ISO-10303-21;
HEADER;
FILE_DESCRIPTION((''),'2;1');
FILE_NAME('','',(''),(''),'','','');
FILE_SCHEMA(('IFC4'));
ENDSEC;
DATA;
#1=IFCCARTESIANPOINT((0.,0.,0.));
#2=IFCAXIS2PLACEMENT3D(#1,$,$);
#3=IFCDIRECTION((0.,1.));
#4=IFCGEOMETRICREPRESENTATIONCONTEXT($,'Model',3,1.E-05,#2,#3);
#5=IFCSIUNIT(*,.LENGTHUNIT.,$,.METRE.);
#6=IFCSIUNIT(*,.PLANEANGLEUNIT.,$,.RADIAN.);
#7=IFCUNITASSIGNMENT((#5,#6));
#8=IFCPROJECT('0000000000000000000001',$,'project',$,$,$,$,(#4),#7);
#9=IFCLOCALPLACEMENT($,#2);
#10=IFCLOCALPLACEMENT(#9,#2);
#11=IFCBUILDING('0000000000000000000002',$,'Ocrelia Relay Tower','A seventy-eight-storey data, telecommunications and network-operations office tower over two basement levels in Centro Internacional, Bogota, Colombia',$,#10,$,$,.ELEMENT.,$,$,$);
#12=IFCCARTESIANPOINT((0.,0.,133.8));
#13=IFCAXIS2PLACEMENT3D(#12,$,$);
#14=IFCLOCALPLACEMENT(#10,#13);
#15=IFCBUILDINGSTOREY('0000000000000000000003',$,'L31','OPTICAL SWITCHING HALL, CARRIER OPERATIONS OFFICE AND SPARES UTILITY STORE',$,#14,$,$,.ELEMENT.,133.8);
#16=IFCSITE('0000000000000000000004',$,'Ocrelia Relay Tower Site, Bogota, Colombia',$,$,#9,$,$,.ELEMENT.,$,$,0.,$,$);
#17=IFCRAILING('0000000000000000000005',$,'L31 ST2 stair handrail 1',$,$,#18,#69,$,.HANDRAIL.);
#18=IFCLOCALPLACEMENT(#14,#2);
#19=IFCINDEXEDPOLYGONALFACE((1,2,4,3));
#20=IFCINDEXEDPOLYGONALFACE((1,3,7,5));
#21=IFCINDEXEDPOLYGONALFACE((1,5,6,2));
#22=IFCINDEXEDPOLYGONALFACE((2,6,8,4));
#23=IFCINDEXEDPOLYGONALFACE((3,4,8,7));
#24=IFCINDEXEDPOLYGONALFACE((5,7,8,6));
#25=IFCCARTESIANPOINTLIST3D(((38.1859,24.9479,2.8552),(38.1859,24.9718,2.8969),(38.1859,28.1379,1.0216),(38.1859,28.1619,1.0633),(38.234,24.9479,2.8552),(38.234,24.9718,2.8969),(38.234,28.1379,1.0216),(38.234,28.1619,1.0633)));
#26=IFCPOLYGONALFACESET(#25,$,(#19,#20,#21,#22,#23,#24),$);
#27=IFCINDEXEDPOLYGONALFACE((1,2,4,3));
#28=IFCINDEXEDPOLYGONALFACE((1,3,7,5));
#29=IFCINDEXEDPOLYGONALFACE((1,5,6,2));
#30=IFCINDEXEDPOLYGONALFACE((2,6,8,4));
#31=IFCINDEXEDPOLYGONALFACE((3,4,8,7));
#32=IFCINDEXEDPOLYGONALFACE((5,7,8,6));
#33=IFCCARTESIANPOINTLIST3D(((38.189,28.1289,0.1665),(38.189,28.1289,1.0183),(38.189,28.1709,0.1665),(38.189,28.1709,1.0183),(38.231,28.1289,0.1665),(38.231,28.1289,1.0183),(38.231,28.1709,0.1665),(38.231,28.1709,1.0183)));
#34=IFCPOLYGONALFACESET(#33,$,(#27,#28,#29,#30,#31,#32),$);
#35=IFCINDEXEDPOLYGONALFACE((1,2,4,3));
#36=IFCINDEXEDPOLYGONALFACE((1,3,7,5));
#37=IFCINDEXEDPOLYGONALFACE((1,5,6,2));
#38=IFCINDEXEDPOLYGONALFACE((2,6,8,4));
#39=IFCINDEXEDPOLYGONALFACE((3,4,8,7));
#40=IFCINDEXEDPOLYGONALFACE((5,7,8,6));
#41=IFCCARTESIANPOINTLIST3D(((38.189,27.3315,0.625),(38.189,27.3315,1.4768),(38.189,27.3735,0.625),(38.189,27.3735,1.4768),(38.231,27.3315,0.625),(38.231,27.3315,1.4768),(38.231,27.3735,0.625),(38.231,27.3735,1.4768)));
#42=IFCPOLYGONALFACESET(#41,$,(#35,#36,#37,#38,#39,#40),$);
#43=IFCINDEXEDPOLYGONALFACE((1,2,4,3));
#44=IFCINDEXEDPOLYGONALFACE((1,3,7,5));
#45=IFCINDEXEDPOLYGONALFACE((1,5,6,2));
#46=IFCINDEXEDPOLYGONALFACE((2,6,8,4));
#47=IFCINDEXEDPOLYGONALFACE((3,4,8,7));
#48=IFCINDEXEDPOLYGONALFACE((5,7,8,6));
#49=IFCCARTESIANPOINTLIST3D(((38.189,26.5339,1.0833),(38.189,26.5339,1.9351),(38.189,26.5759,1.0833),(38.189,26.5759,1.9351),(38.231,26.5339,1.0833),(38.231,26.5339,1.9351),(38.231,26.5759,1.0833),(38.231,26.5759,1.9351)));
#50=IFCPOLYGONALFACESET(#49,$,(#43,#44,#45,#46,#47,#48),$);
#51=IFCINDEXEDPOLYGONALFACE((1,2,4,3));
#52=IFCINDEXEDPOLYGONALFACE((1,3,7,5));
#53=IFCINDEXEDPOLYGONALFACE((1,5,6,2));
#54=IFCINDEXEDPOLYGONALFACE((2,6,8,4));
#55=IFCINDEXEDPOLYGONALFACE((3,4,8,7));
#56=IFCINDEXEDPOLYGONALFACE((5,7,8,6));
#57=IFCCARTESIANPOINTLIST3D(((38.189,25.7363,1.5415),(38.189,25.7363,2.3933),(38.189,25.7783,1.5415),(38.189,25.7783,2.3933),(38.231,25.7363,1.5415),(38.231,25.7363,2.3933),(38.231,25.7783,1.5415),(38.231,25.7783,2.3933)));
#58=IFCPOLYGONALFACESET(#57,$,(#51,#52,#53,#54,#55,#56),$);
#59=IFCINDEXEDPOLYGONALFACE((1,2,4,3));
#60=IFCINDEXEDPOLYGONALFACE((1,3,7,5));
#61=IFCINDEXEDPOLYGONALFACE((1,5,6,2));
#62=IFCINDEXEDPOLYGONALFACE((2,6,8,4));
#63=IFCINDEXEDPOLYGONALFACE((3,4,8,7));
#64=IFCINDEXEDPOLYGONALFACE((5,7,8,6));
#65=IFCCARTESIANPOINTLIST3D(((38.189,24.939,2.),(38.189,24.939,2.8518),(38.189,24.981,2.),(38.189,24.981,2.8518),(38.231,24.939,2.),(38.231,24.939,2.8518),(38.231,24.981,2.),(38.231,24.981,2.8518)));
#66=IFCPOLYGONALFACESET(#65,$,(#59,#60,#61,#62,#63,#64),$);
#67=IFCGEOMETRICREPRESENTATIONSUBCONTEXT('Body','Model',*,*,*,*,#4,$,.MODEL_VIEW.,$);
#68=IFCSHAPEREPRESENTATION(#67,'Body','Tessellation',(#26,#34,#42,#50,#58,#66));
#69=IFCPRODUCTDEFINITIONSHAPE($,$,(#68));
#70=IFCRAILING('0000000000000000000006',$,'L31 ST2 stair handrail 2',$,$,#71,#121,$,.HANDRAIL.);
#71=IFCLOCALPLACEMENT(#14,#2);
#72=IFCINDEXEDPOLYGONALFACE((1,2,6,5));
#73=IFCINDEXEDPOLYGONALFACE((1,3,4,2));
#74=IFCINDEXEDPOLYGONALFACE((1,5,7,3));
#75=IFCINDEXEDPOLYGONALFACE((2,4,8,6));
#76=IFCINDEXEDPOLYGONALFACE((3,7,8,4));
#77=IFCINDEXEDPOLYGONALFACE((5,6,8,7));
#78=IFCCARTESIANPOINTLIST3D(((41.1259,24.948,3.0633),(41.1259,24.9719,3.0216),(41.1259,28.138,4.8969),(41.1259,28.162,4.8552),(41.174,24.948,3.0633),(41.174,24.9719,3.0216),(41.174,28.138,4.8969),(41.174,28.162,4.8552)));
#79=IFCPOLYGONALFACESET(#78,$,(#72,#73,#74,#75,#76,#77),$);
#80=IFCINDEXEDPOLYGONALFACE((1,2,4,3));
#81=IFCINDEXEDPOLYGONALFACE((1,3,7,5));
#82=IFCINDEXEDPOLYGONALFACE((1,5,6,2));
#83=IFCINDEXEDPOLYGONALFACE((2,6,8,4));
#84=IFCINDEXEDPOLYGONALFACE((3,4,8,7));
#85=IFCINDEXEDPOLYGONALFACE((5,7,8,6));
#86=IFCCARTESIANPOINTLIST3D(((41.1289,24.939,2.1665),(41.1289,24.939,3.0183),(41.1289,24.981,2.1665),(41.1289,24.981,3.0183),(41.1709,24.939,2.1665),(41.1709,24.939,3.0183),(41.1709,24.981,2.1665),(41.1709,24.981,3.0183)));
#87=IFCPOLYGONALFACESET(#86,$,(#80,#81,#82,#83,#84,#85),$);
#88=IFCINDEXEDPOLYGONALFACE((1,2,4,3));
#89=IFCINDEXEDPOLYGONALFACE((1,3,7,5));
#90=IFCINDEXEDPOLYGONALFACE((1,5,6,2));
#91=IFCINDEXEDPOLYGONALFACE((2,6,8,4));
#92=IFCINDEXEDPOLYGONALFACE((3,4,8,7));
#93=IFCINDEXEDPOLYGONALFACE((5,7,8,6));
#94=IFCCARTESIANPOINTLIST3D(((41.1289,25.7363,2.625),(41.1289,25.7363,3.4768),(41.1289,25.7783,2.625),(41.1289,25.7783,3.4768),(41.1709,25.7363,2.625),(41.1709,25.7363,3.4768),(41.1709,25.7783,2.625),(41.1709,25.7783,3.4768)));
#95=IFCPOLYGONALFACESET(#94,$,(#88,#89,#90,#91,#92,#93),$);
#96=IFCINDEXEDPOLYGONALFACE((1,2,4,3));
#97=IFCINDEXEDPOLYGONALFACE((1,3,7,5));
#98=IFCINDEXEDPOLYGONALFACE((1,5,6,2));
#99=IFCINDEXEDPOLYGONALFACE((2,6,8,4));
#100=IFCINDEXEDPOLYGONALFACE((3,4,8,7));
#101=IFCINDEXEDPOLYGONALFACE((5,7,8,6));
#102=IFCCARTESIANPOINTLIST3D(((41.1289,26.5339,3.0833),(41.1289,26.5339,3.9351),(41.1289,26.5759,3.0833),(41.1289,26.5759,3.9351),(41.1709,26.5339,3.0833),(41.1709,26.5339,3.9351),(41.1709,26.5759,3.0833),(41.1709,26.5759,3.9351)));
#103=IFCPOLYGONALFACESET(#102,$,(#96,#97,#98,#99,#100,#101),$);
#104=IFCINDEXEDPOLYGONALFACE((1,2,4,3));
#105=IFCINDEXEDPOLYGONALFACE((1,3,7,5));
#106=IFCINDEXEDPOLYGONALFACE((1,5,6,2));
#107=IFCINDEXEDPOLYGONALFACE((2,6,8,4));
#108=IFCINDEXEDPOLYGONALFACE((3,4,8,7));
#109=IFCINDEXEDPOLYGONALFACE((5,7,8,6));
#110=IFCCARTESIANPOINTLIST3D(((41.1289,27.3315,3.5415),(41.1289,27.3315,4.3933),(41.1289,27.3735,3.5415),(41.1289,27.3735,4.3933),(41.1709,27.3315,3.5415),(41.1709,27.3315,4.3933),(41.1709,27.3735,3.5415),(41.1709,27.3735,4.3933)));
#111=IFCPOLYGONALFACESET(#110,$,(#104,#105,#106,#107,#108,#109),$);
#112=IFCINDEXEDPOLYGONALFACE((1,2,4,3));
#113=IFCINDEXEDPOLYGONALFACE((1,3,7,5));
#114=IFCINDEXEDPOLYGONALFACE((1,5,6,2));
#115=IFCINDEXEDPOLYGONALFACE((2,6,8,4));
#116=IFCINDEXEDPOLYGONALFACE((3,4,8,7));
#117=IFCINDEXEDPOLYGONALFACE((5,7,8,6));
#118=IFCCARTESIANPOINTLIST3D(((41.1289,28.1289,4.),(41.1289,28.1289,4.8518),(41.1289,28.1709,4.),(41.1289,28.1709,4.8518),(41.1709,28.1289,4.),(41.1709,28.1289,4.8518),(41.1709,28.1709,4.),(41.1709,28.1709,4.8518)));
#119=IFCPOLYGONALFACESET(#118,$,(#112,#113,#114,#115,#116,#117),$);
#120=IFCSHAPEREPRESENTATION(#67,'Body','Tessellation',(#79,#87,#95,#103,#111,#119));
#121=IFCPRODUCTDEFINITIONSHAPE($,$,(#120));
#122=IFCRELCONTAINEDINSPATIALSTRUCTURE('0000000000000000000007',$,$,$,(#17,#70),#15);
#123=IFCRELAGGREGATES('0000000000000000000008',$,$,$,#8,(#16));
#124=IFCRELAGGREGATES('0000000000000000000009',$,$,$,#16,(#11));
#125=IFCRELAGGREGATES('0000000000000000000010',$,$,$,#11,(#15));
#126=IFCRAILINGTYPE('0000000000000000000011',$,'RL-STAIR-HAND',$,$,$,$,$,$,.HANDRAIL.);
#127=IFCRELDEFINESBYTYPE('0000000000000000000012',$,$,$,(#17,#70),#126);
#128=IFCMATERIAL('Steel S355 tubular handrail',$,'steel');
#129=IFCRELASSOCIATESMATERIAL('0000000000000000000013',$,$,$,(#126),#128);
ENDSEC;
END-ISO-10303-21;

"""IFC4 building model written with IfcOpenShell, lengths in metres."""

from ifc_helpers import new_model, si_unit, direction, frame, origin, origin_2d, place, context, subcontext, project, spatial, rectangle, extrude, material, type_object, element, save


model = new_model("IFC4")

# Units and contexts
model_context = context("Model", 3, precision=1e-05, world=origin(), true_north=direction((0.0, 1.0)))
body_context = subcontext(model_context, "Body", "Model", "MODEL_VIEW")
ifc_project = project(units=[si_unit("LENGTHUNIT", "METRE"), si_unit("PLANEANGLEUNIT", "RADIAN")], contexts=[model_context])

# Site, building, storey
site_placement = place(None, origin())
site = spatial("IfcSite", under=ifc_project, at=site_placement, Name="Ocrelia Relay Tower Site, Bogota, Colombia", CompositionType="ELEMENT", RefElevation=0.0)
building_placement = place(site_placement, origin())
building = spatial("IfcBuilding", under=site, at=building_placement, Name="Ocrelia Relay Tower", Description="A seventy-eight-storey data, telecommunications and network-operations office tower over two basement levels in Centro Internacional, Bogota, Colombia", CompositionType="ELEMENT")
storey_placement = place(building_placement, frame((0.0, 0.0, 133.8)))
storey = spatial("IfcBuildingStorey", under=building, at=storey_placement, Name="L31", Description="OPTICAL SWITCHING HALL, CARRIER OPERATIONS OFFICE AND SPARES UTILITY STORE", CompositionType="ELEMENT", Elevation=133.8)

# Railings
ifc_material_1 = material(Name="Steel S355 tubular handrail", Category="steel")
railing_type_1 = type_object("IfcRailingType", Name="RL-STAIR-HAND", PredefinedType="HANDRAIL", material=ifc_material_1)
railing_1_placement = place(storey_placement, frame((38.21, 28.1499, 0.1665)))
element("IfcRailing", 1, at=railing_1_placement, inside=storey, type_object=railing_type_1, Name="L31 ST2 stair handrail 1", PredefinedType="HANDRAIL", context=body_context, shape_type="SweptSolid", body=[
    extrude(rectangle(XDim=0.0481, YDim=0.0481, at=origin_2d()), frame((0.0, 0.0, 0.876), z_axis=(0.0, -0.866991, 0.498324), x_axis=(1.0, 0.0, 0.0)), (0.0, 0.0, 1.0), 3.6794),
    extrude(rectangle(XDim=0.042, YDim=0.042, at=origin_2d()), origin(), (0.0, 0.0, 1.0), 0.8518),
    extrude(rectangle(XDim=0.042, YDim=0.042, at=origin_2d()), frame((0.0, -0.7974, 0.4585)), (0.0, 0.0, 1.0), 0.8518),
    extrude(rectangle(XDim=0.042, YDim=0.042, at=origin_2d()), frame((0.0, -1.595, 0.9167)), (0.0, 0.0, 1.0), 0.8518),
    extrude(rectangle(XDim=0.042, YDim=0.042, at=origin_2d()), frame((0.0, -2.3926, 1.375)), (0.0, 0.0, 1.0), 0.8518),
    extrude(rectangle(XDim=0.042, YDim=0.042, at=origin_2d()), frame((0.0, -3.1899, 1.8335)), (0.0, 0.0, 1.0), 0.8518),
])
railing_2_placement = place(storey_placement, frame((41.1499, 24.96, 2.1665)))
element("IfcRailing", 2, at=railing_2_placement, inside=storey, type_object=railing_type_1, Name="L31 ST2 stair handrail 2", PredefinedType="HANDRAIL", context=body_context, shape_type="SweptSolid", body=[
    extrude(rectangle(XDim=0.0481, YDim=0.0481, at=origin_2d()), frame((0.0, 0.0, 0.876), z_axis=(0.0, 0.866991, 0.498324), x_axis=(-1.0, 0.0, 0.0)), (0.0, 0.0, 1.0), 3.6794),
    extrude(rectangle(XDim=0.042, YDim=0.042, at=origin_2d()), origin(), (0.0, 0.0, 1.0), 0.8518),
    extrude(rectangle(XDim=0.042, YDim=0.042, at=origin_2d()), frame((0.0, 0.7974, 0.4585)), (0.0, 0.0, 1.0), 0.8518),
    extrude(rectangle(XDim=0.042, YDim=0.042, at=origin_2d()), frame((0.0, 1.595, 0.9167)), (0.0, 0.0, 1.0), 0.8518),
    extrude(rectangle(XDim=0.042, YDim=0.042, at=origin_2d()), frame((0.0, 2.3926, 1.375)), (0.0, 0.0, 1.0), 0.8518),
    extrude(rectangle(XDim=0.042, YDim=0.042, at=origin_2d()), frame((0.0, 3.1899, 1.8335)), (0.0, 0.0, 1.0), 0.8518),
])

save(model, "model.ifc")
